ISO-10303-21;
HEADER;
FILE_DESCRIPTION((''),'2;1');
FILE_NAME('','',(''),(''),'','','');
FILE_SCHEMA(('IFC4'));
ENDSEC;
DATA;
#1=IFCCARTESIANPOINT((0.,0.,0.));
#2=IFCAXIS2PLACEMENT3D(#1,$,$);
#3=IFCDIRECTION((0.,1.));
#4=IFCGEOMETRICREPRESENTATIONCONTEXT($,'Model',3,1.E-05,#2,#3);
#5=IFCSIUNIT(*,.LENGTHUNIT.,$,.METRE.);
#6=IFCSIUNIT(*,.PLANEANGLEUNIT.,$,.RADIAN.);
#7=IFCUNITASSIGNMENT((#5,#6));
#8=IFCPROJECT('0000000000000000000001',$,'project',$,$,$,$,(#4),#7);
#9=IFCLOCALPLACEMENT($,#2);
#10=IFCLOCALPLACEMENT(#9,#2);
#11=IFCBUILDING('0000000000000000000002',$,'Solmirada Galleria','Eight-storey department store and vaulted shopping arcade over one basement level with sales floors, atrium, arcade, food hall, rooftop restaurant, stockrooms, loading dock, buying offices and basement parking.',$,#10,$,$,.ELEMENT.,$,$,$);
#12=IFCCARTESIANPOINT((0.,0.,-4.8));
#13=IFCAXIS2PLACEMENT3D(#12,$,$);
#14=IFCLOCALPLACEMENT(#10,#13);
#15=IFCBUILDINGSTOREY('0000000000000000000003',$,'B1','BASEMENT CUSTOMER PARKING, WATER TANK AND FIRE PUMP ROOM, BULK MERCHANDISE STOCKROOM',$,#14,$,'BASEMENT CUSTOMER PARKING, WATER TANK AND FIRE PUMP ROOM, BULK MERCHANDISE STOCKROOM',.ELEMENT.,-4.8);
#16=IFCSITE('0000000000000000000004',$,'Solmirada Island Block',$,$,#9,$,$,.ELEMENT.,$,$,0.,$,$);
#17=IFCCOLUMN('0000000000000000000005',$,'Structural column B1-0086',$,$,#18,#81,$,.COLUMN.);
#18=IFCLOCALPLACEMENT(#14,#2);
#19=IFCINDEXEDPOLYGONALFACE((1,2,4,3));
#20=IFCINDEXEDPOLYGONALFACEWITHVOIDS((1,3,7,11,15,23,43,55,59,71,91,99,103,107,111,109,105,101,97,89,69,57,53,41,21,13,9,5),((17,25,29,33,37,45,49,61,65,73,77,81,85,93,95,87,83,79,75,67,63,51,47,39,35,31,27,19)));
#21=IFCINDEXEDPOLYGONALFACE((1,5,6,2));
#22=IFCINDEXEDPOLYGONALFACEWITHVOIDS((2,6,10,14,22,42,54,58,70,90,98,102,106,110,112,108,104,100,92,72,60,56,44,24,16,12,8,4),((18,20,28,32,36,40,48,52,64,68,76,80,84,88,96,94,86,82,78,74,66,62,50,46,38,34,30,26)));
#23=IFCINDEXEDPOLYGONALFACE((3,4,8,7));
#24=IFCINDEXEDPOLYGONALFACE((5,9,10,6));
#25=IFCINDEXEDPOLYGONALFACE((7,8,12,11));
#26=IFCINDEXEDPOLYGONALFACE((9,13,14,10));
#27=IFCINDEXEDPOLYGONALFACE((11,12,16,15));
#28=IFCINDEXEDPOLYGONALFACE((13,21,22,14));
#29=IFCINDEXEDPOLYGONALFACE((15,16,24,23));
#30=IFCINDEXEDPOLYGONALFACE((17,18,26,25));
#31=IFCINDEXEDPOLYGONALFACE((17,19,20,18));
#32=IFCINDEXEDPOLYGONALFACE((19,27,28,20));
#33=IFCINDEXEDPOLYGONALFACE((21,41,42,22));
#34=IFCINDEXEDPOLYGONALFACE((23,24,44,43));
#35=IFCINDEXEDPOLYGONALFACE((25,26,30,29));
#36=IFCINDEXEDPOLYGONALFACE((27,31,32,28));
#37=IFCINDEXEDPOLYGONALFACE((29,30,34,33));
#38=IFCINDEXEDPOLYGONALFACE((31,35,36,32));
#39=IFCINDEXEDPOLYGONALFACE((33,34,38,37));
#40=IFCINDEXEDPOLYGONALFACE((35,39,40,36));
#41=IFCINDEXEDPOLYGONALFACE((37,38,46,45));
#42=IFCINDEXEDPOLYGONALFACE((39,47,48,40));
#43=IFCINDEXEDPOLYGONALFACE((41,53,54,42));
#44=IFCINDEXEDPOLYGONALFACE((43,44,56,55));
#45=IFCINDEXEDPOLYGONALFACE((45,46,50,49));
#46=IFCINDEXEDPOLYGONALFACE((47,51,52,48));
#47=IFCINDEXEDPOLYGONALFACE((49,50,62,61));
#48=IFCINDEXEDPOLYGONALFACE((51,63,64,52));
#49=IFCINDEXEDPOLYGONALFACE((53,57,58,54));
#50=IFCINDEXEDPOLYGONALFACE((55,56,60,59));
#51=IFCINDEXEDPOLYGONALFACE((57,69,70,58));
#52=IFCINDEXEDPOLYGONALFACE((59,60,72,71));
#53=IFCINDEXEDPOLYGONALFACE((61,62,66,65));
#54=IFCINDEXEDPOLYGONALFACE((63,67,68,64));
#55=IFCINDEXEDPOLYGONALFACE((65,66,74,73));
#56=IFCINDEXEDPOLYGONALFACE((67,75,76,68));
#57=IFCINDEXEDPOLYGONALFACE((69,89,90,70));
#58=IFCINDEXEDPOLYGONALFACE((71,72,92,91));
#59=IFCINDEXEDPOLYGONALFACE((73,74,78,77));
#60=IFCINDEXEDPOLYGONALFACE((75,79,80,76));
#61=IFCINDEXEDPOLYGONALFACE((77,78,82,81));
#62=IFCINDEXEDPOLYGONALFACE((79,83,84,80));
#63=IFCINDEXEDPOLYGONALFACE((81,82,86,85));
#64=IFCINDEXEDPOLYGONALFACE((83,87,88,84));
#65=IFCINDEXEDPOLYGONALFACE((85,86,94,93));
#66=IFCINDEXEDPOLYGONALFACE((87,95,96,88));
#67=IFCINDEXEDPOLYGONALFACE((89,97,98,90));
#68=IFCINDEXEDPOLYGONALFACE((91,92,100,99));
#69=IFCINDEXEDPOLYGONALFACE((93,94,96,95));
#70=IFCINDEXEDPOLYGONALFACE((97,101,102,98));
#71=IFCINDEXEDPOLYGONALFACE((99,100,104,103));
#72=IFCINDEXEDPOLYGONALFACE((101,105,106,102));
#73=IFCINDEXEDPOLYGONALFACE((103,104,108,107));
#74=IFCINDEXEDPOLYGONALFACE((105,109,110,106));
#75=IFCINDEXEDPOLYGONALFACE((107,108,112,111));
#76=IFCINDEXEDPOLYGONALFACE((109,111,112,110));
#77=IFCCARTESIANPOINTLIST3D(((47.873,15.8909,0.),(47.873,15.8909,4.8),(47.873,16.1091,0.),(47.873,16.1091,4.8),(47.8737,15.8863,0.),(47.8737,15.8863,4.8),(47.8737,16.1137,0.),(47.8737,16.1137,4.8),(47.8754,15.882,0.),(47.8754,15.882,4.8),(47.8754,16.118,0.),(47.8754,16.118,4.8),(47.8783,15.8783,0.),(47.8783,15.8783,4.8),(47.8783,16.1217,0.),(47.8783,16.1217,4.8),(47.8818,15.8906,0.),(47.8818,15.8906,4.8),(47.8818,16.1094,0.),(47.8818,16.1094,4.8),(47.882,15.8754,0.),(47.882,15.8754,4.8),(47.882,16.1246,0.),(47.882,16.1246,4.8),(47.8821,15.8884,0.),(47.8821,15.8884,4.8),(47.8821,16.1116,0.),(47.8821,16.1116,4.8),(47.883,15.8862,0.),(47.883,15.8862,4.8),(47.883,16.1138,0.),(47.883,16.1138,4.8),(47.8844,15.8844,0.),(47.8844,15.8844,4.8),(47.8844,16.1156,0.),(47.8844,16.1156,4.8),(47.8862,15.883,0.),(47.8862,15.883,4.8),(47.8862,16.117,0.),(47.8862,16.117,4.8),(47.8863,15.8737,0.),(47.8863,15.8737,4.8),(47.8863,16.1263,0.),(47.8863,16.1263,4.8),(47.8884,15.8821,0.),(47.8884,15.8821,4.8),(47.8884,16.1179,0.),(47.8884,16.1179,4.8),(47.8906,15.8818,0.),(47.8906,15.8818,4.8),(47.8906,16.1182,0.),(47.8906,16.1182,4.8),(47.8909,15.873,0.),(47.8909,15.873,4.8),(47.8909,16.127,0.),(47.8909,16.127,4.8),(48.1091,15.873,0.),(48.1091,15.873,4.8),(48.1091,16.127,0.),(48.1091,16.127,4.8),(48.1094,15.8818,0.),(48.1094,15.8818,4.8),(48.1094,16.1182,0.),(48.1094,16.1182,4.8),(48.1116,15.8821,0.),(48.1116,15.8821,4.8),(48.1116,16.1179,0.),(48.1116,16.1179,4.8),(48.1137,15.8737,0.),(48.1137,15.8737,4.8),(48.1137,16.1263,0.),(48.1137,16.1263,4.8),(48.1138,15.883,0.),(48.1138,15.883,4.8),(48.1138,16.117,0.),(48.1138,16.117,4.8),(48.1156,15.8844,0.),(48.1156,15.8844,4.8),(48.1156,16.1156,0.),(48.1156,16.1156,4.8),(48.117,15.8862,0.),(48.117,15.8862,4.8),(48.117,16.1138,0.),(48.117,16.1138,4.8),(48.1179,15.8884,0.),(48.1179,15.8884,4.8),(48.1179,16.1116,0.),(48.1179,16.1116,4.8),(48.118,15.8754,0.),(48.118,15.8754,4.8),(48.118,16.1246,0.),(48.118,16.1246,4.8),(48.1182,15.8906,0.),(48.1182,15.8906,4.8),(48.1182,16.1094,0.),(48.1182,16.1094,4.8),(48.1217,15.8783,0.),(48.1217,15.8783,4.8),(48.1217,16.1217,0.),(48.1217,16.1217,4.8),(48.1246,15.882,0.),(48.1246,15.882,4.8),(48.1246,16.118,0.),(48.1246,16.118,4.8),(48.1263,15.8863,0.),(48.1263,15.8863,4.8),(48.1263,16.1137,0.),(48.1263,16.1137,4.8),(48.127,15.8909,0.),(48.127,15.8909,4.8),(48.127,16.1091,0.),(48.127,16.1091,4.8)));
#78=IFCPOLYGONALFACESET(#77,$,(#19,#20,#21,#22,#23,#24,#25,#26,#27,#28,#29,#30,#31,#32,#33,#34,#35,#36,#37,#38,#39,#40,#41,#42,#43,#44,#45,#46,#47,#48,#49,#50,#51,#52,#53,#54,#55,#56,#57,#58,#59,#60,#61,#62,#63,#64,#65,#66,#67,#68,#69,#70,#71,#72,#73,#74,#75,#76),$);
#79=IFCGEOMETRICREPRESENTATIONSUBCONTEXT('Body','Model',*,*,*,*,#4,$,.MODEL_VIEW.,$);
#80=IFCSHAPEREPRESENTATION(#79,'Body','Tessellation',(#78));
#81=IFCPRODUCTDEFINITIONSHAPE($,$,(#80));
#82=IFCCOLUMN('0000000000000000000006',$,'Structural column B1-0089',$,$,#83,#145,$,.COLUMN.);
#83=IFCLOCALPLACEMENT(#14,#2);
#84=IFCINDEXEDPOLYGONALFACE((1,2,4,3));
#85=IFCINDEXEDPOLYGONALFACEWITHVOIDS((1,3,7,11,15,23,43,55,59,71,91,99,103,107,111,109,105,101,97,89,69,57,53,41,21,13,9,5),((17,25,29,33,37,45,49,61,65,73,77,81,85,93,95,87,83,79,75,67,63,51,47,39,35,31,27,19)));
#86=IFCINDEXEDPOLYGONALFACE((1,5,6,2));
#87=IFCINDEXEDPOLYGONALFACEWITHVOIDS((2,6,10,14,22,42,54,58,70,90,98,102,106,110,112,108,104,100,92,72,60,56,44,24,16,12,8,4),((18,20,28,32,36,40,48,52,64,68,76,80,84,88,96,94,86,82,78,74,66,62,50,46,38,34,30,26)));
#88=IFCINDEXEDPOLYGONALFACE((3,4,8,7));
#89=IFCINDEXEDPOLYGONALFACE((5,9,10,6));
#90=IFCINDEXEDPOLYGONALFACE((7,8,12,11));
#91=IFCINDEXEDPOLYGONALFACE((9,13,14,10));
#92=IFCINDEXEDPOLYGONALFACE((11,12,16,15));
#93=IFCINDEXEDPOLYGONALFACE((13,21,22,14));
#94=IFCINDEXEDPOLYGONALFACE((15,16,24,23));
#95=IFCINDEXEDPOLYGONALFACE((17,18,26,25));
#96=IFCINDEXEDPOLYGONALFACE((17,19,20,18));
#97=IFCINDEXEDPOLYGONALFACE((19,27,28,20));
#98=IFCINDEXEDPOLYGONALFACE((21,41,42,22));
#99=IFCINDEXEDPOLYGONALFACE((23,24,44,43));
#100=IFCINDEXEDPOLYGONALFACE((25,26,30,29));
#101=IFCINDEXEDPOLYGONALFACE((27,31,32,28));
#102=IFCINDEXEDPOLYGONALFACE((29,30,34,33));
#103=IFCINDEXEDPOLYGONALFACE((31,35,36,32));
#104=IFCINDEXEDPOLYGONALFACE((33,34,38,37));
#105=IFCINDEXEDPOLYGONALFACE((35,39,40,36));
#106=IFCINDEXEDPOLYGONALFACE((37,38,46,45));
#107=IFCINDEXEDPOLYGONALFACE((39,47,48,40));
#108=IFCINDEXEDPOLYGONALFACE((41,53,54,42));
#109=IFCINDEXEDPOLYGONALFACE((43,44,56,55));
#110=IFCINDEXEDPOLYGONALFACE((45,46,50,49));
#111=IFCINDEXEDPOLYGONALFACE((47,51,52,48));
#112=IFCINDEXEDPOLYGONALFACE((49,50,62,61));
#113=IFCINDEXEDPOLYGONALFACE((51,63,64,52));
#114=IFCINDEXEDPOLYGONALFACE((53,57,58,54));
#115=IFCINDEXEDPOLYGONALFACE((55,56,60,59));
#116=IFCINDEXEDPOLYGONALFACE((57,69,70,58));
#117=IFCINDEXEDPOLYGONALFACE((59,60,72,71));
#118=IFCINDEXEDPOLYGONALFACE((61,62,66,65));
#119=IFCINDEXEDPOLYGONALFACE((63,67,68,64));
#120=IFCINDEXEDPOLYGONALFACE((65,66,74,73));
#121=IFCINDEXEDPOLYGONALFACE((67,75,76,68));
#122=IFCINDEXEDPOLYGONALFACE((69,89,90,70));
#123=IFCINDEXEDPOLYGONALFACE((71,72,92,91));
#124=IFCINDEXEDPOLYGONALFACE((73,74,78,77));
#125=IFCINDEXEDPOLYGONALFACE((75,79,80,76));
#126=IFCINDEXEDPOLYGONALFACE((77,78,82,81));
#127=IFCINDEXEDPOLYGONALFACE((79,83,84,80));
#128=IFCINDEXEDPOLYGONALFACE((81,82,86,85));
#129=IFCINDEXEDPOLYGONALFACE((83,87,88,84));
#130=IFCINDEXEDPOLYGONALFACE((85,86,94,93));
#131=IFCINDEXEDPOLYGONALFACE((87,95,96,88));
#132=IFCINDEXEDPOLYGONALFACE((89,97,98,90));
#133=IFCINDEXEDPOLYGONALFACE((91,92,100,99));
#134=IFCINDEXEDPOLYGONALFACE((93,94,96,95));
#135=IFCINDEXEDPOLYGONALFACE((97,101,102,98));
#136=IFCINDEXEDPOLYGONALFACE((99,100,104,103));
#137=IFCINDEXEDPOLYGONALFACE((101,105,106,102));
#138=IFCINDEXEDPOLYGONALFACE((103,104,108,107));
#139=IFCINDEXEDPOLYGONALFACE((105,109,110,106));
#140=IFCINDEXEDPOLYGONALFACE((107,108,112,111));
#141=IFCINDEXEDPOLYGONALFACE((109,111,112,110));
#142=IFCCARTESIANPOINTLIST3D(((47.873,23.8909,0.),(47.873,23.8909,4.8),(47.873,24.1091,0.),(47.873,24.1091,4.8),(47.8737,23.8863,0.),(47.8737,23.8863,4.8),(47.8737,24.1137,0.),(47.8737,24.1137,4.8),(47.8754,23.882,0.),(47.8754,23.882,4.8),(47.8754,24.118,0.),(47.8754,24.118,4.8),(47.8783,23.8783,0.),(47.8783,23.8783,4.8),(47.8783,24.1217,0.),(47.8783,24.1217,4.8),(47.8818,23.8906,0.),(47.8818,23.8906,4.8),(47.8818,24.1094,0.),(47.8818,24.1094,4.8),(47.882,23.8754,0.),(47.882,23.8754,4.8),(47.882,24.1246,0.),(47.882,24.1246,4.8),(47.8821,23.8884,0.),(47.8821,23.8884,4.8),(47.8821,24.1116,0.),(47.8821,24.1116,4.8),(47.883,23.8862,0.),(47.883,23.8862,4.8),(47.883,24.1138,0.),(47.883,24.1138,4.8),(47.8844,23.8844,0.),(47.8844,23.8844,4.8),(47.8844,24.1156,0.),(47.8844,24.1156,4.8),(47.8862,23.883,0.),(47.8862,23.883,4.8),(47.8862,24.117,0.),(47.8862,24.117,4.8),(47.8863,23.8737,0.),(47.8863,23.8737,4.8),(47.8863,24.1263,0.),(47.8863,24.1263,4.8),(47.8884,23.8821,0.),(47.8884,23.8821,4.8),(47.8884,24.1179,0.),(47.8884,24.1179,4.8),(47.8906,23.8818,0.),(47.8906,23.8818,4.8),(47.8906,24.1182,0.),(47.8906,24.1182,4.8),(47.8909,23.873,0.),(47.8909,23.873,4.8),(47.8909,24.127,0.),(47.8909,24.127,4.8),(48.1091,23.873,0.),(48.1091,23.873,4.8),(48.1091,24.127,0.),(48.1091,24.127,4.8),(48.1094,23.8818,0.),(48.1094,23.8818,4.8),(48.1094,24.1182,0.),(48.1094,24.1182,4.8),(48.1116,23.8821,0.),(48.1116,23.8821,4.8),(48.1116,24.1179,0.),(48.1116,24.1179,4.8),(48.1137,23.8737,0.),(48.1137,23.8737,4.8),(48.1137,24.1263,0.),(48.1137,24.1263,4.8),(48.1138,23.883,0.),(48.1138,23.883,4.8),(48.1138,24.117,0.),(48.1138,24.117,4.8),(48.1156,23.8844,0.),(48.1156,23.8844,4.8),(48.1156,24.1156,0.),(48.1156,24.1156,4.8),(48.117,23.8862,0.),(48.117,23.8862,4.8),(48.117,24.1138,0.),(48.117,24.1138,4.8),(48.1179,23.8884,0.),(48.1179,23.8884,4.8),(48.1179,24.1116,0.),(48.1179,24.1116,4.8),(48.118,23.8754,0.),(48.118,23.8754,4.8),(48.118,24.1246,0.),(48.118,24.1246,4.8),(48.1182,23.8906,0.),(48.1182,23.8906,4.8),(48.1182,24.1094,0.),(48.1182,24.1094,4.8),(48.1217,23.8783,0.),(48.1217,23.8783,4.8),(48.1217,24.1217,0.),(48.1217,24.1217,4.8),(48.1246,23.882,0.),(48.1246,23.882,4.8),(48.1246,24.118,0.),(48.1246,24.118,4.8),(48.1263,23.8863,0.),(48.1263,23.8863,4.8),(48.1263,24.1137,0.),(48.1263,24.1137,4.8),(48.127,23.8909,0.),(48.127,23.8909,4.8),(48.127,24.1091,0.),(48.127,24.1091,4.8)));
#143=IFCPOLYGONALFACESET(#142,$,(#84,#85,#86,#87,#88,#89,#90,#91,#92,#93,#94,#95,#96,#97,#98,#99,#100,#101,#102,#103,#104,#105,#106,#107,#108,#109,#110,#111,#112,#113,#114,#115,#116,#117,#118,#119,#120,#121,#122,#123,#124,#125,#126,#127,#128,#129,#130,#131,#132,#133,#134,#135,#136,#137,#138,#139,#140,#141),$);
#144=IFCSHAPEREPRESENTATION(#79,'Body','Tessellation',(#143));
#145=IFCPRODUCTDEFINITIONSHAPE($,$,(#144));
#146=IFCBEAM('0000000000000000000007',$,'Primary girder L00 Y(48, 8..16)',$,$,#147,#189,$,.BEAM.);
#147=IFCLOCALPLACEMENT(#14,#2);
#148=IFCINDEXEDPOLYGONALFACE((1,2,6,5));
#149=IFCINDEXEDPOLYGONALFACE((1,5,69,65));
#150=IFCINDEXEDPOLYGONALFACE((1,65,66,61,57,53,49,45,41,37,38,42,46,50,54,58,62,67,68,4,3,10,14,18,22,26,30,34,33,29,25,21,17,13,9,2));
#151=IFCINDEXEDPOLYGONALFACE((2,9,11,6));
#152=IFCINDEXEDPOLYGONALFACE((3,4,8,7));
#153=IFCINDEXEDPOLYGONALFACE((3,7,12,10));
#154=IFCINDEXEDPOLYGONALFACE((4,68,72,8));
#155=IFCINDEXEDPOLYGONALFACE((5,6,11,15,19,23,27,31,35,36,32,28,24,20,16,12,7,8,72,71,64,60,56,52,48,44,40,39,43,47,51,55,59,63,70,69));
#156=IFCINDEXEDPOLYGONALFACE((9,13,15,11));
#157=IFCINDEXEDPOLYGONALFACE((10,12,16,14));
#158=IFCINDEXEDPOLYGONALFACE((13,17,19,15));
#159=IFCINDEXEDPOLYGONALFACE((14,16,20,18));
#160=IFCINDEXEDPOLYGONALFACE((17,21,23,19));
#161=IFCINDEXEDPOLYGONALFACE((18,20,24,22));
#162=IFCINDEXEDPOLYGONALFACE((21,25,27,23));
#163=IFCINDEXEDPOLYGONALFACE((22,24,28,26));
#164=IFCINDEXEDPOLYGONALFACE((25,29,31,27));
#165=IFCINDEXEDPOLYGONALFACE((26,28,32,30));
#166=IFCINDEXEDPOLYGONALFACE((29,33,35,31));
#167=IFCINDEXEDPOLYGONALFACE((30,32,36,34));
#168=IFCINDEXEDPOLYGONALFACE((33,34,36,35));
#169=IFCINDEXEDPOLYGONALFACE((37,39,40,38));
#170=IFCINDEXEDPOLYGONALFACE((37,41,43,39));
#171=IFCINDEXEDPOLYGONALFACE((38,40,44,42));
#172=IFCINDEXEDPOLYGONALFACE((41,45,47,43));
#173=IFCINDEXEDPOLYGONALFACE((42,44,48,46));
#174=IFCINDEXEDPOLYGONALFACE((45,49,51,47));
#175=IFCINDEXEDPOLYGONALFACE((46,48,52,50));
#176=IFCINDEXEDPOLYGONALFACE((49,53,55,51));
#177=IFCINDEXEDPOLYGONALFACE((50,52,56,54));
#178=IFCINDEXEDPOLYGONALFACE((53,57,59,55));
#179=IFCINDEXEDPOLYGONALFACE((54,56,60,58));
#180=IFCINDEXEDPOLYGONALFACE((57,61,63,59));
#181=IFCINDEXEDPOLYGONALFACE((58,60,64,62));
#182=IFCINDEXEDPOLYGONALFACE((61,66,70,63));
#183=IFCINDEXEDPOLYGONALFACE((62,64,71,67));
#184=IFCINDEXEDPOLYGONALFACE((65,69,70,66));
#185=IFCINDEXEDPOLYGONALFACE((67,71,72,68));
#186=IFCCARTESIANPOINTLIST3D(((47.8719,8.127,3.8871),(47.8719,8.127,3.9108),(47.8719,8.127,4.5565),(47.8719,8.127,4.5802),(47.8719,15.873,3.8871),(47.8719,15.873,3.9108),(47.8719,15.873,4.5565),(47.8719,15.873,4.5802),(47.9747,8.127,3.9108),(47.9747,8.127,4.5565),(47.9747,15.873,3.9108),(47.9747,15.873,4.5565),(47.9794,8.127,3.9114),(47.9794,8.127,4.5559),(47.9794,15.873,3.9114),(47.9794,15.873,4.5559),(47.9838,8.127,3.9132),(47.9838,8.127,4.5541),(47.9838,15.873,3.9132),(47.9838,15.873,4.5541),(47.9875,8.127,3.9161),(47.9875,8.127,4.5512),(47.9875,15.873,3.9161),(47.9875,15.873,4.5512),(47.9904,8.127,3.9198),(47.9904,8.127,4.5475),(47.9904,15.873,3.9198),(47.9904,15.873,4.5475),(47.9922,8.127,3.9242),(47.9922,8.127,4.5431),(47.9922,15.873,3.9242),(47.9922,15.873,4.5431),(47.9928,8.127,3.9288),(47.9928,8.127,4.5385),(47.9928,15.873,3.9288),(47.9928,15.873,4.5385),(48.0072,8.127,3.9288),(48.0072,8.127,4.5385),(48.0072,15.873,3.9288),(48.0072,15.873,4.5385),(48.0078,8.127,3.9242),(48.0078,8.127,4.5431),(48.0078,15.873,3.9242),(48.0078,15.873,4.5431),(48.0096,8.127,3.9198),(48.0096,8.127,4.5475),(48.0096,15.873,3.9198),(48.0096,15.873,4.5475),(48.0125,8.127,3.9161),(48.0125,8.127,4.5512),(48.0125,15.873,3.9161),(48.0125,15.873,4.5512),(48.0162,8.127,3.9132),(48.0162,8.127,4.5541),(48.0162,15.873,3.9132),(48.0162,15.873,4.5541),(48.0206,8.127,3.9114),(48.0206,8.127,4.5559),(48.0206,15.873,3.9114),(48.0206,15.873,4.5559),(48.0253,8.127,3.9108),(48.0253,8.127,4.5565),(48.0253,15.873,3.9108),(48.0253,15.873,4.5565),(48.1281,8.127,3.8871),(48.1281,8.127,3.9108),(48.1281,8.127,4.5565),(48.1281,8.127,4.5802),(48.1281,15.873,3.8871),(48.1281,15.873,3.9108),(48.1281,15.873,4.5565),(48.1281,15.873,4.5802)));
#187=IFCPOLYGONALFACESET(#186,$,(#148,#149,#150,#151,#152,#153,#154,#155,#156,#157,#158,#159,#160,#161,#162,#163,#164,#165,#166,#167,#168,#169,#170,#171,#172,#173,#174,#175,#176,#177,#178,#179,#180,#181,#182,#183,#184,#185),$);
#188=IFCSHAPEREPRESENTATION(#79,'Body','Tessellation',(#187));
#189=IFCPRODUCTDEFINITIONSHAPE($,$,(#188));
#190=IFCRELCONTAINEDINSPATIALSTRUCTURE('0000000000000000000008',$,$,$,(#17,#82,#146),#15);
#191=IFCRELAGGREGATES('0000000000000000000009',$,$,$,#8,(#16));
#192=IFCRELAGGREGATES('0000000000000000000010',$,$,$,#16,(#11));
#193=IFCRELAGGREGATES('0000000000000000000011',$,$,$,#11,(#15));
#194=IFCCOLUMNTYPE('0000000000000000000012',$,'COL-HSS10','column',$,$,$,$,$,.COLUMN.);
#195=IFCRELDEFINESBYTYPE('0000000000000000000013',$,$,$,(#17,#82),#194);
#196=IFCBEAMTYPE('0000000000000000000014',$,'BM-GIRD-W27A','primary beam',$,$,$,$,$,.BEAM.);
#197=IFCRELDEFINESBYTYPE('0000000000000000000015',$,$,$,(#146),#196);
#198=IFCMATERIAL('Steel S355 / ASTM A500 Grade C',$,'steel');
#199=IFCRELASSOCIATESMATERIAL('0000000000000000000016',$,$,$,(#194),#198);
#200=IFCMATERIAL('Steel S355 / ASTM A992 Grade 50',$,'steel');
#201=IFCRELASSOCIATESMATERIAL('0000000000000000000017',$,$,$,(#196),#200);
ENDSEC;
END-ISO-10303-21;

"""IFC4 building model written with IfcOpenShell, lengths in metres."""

from ifc_helpers import new_model, si_unit, direction, frame, origin, origin_2d, place, context, subcontext, project, spatial, hollow_rectangle, i_section, extrude, material, material_profile, profile_set, type_object, element, save


model = new_model("IFC4")

# Units and contexts
model_context = context("Model", 3, precision=1e-05, world=origin(), true_north=direction((0.0, 1.0)))
body_context = subcontext(model_context, "Body", "Model", "MODEL_VIEW")
ifc_project = project(units=[si_unit("LENGTHUNIT", "METRE"), si_unit("PLANEANGLEUNIT", "RADIAN")], contexts=[model_context])

# Site, building, storey
site_placement = place(None, origin())
site = spatial("IfcSite", under=ifc_project, at=site_placement, Name="Solmirada Island Block", CompositionType="ELEMENT", RefElevation=0.0)
building_placement = place(site_placement, origin())
building = spatial("IfcBuilding", under=site, at=building_placement, Name="Solmirada Galleria", Description="Eight-storey department store and vaulted shopping arcade over one basement level with sales floors, atrium, arcade, food hall, rooftop restaurant, stockrooms, loading dock, buying offices and basement parking.", CompositionType="ELEMENT")
storey_placement = place(building_placement, frame((0.0, 0.0, -4.8)))
storey = spatial("IfcBuildingStorey", under=building, at=storey_placement, Name="B1", Description="BASEMENT CUSTOMER PARKING, WATER TANK AND FIRE PUMP ROOM, BULK MERCHANDISE STOCKROOM", LongName="BASEMENT CUSTOMER PARKING, WATER TANK AND FIRE PUMP ROOM, BULK MERCHANDISE STOCKROOM", CompositionType="ELEMENT", Elevation=-4.8)

# Columns
ifc_material_1 = material(Name="Steel S355 / ASTM A500 Grade C", Category="steel")
ifc_material_profile_1 = material_profile(ifc_material_1, hollow_rectangle(XDim=0.2539, YDim=0.2539, WallThickness=0.0088, InnerFilletRadius=0.0088, OuterFilletRadius=0.0178, at=origin_2d()), Name="HSS10X10X3/8")
ifc_profile_set_1 = profile_set([ifc_material_profile_1], Name="Steel S355 / ASTM A500 Grade C")
column_type = type_object("IfcColumnType", Name="COL-HSS10", Description="column", PredefinedType="COLUMN", material=ifc_profile_set_1)
for number, where, z_axis, x_axis, name in (
    (1, (48.0, 16.0, 0.0), (0.0, 0.0, 1.0), (1.0, 0.0, 0.0), "Structural column B1-0086"),
    (2, (48.0, 24.0, 0.0), (0.0, 0.0, 1.0), (1.0, 0.0, 0.0), "Structural column B1-0089"),
):
    element("IfcColumn", number, at=place(storey_placement, frame(where, z_axis=z_axis, x_axis=x_axis)), inside=storey, type_object=column_type, Name=name, PredefinedType="COLUMN", context=body_context, shape_type="SweptSolid", body=[
        extrude(hollow_rectangle(XDim=0.2539, YDim=0.2539, WallThickness=0.0088, InnerFilletRadius=0.0088, OuterFilletRadius=0.0178, at=origin_2d()), origin(), (0.0, 0.0, 1.0), 4.8),
    ])

# Beam
ifc_material_2 = material(Name="Steel S355 / ASTM A992 Grade 50", Category="steel")
ifc_material_profile_2 = material_profile(ifc_material_2, i_section(OverallWidth=0.2561, OverallDepth=0.6931, WebThickness=0.0144, FlangeThickness=0.0237, FilletRadius=0.0181, at=origin_2d()), Name="W27X114")
ifc_profile_set_2 = profile_set([ifc_material_profile_2], Name="Steel S355 / ASTM A992 Grade 50")
beam_type = type_object("IfcBeamType", Name="BM-GIRD-W27A", Description="primary beam", PredefinedType="BEAM", material=ifc_profile_set_2)
for number, where, z_axis, x_axis, name in (
    (3, (48.0, 8.127, 4.2336), (0.0, 1.0, 0.0), (-1.0, 0.0, 0.0), "Primary girder L00 Y(48, 8..16)"),
):
    element("IfcBeam", number, at=place(storey_placement, frame(where, z_axis=z_axis, x_axis=x_axis)), inside=storey, type_object=beam_type, Name=name, PredefinedType="BEAM", context=body_context, shape_type="SweptSolid", body=[
        extrude(i_section(OverallWidth=0.2561, OverallDepth=0.6931, WebThickness=0.0144, FlangeThickness=0.0237, FilletRadius=0.0181, at=origin_2d()), origin(), (0.0, 0.0, 1.0), 7.7461),
    ])

save(model, "model.ifc")
